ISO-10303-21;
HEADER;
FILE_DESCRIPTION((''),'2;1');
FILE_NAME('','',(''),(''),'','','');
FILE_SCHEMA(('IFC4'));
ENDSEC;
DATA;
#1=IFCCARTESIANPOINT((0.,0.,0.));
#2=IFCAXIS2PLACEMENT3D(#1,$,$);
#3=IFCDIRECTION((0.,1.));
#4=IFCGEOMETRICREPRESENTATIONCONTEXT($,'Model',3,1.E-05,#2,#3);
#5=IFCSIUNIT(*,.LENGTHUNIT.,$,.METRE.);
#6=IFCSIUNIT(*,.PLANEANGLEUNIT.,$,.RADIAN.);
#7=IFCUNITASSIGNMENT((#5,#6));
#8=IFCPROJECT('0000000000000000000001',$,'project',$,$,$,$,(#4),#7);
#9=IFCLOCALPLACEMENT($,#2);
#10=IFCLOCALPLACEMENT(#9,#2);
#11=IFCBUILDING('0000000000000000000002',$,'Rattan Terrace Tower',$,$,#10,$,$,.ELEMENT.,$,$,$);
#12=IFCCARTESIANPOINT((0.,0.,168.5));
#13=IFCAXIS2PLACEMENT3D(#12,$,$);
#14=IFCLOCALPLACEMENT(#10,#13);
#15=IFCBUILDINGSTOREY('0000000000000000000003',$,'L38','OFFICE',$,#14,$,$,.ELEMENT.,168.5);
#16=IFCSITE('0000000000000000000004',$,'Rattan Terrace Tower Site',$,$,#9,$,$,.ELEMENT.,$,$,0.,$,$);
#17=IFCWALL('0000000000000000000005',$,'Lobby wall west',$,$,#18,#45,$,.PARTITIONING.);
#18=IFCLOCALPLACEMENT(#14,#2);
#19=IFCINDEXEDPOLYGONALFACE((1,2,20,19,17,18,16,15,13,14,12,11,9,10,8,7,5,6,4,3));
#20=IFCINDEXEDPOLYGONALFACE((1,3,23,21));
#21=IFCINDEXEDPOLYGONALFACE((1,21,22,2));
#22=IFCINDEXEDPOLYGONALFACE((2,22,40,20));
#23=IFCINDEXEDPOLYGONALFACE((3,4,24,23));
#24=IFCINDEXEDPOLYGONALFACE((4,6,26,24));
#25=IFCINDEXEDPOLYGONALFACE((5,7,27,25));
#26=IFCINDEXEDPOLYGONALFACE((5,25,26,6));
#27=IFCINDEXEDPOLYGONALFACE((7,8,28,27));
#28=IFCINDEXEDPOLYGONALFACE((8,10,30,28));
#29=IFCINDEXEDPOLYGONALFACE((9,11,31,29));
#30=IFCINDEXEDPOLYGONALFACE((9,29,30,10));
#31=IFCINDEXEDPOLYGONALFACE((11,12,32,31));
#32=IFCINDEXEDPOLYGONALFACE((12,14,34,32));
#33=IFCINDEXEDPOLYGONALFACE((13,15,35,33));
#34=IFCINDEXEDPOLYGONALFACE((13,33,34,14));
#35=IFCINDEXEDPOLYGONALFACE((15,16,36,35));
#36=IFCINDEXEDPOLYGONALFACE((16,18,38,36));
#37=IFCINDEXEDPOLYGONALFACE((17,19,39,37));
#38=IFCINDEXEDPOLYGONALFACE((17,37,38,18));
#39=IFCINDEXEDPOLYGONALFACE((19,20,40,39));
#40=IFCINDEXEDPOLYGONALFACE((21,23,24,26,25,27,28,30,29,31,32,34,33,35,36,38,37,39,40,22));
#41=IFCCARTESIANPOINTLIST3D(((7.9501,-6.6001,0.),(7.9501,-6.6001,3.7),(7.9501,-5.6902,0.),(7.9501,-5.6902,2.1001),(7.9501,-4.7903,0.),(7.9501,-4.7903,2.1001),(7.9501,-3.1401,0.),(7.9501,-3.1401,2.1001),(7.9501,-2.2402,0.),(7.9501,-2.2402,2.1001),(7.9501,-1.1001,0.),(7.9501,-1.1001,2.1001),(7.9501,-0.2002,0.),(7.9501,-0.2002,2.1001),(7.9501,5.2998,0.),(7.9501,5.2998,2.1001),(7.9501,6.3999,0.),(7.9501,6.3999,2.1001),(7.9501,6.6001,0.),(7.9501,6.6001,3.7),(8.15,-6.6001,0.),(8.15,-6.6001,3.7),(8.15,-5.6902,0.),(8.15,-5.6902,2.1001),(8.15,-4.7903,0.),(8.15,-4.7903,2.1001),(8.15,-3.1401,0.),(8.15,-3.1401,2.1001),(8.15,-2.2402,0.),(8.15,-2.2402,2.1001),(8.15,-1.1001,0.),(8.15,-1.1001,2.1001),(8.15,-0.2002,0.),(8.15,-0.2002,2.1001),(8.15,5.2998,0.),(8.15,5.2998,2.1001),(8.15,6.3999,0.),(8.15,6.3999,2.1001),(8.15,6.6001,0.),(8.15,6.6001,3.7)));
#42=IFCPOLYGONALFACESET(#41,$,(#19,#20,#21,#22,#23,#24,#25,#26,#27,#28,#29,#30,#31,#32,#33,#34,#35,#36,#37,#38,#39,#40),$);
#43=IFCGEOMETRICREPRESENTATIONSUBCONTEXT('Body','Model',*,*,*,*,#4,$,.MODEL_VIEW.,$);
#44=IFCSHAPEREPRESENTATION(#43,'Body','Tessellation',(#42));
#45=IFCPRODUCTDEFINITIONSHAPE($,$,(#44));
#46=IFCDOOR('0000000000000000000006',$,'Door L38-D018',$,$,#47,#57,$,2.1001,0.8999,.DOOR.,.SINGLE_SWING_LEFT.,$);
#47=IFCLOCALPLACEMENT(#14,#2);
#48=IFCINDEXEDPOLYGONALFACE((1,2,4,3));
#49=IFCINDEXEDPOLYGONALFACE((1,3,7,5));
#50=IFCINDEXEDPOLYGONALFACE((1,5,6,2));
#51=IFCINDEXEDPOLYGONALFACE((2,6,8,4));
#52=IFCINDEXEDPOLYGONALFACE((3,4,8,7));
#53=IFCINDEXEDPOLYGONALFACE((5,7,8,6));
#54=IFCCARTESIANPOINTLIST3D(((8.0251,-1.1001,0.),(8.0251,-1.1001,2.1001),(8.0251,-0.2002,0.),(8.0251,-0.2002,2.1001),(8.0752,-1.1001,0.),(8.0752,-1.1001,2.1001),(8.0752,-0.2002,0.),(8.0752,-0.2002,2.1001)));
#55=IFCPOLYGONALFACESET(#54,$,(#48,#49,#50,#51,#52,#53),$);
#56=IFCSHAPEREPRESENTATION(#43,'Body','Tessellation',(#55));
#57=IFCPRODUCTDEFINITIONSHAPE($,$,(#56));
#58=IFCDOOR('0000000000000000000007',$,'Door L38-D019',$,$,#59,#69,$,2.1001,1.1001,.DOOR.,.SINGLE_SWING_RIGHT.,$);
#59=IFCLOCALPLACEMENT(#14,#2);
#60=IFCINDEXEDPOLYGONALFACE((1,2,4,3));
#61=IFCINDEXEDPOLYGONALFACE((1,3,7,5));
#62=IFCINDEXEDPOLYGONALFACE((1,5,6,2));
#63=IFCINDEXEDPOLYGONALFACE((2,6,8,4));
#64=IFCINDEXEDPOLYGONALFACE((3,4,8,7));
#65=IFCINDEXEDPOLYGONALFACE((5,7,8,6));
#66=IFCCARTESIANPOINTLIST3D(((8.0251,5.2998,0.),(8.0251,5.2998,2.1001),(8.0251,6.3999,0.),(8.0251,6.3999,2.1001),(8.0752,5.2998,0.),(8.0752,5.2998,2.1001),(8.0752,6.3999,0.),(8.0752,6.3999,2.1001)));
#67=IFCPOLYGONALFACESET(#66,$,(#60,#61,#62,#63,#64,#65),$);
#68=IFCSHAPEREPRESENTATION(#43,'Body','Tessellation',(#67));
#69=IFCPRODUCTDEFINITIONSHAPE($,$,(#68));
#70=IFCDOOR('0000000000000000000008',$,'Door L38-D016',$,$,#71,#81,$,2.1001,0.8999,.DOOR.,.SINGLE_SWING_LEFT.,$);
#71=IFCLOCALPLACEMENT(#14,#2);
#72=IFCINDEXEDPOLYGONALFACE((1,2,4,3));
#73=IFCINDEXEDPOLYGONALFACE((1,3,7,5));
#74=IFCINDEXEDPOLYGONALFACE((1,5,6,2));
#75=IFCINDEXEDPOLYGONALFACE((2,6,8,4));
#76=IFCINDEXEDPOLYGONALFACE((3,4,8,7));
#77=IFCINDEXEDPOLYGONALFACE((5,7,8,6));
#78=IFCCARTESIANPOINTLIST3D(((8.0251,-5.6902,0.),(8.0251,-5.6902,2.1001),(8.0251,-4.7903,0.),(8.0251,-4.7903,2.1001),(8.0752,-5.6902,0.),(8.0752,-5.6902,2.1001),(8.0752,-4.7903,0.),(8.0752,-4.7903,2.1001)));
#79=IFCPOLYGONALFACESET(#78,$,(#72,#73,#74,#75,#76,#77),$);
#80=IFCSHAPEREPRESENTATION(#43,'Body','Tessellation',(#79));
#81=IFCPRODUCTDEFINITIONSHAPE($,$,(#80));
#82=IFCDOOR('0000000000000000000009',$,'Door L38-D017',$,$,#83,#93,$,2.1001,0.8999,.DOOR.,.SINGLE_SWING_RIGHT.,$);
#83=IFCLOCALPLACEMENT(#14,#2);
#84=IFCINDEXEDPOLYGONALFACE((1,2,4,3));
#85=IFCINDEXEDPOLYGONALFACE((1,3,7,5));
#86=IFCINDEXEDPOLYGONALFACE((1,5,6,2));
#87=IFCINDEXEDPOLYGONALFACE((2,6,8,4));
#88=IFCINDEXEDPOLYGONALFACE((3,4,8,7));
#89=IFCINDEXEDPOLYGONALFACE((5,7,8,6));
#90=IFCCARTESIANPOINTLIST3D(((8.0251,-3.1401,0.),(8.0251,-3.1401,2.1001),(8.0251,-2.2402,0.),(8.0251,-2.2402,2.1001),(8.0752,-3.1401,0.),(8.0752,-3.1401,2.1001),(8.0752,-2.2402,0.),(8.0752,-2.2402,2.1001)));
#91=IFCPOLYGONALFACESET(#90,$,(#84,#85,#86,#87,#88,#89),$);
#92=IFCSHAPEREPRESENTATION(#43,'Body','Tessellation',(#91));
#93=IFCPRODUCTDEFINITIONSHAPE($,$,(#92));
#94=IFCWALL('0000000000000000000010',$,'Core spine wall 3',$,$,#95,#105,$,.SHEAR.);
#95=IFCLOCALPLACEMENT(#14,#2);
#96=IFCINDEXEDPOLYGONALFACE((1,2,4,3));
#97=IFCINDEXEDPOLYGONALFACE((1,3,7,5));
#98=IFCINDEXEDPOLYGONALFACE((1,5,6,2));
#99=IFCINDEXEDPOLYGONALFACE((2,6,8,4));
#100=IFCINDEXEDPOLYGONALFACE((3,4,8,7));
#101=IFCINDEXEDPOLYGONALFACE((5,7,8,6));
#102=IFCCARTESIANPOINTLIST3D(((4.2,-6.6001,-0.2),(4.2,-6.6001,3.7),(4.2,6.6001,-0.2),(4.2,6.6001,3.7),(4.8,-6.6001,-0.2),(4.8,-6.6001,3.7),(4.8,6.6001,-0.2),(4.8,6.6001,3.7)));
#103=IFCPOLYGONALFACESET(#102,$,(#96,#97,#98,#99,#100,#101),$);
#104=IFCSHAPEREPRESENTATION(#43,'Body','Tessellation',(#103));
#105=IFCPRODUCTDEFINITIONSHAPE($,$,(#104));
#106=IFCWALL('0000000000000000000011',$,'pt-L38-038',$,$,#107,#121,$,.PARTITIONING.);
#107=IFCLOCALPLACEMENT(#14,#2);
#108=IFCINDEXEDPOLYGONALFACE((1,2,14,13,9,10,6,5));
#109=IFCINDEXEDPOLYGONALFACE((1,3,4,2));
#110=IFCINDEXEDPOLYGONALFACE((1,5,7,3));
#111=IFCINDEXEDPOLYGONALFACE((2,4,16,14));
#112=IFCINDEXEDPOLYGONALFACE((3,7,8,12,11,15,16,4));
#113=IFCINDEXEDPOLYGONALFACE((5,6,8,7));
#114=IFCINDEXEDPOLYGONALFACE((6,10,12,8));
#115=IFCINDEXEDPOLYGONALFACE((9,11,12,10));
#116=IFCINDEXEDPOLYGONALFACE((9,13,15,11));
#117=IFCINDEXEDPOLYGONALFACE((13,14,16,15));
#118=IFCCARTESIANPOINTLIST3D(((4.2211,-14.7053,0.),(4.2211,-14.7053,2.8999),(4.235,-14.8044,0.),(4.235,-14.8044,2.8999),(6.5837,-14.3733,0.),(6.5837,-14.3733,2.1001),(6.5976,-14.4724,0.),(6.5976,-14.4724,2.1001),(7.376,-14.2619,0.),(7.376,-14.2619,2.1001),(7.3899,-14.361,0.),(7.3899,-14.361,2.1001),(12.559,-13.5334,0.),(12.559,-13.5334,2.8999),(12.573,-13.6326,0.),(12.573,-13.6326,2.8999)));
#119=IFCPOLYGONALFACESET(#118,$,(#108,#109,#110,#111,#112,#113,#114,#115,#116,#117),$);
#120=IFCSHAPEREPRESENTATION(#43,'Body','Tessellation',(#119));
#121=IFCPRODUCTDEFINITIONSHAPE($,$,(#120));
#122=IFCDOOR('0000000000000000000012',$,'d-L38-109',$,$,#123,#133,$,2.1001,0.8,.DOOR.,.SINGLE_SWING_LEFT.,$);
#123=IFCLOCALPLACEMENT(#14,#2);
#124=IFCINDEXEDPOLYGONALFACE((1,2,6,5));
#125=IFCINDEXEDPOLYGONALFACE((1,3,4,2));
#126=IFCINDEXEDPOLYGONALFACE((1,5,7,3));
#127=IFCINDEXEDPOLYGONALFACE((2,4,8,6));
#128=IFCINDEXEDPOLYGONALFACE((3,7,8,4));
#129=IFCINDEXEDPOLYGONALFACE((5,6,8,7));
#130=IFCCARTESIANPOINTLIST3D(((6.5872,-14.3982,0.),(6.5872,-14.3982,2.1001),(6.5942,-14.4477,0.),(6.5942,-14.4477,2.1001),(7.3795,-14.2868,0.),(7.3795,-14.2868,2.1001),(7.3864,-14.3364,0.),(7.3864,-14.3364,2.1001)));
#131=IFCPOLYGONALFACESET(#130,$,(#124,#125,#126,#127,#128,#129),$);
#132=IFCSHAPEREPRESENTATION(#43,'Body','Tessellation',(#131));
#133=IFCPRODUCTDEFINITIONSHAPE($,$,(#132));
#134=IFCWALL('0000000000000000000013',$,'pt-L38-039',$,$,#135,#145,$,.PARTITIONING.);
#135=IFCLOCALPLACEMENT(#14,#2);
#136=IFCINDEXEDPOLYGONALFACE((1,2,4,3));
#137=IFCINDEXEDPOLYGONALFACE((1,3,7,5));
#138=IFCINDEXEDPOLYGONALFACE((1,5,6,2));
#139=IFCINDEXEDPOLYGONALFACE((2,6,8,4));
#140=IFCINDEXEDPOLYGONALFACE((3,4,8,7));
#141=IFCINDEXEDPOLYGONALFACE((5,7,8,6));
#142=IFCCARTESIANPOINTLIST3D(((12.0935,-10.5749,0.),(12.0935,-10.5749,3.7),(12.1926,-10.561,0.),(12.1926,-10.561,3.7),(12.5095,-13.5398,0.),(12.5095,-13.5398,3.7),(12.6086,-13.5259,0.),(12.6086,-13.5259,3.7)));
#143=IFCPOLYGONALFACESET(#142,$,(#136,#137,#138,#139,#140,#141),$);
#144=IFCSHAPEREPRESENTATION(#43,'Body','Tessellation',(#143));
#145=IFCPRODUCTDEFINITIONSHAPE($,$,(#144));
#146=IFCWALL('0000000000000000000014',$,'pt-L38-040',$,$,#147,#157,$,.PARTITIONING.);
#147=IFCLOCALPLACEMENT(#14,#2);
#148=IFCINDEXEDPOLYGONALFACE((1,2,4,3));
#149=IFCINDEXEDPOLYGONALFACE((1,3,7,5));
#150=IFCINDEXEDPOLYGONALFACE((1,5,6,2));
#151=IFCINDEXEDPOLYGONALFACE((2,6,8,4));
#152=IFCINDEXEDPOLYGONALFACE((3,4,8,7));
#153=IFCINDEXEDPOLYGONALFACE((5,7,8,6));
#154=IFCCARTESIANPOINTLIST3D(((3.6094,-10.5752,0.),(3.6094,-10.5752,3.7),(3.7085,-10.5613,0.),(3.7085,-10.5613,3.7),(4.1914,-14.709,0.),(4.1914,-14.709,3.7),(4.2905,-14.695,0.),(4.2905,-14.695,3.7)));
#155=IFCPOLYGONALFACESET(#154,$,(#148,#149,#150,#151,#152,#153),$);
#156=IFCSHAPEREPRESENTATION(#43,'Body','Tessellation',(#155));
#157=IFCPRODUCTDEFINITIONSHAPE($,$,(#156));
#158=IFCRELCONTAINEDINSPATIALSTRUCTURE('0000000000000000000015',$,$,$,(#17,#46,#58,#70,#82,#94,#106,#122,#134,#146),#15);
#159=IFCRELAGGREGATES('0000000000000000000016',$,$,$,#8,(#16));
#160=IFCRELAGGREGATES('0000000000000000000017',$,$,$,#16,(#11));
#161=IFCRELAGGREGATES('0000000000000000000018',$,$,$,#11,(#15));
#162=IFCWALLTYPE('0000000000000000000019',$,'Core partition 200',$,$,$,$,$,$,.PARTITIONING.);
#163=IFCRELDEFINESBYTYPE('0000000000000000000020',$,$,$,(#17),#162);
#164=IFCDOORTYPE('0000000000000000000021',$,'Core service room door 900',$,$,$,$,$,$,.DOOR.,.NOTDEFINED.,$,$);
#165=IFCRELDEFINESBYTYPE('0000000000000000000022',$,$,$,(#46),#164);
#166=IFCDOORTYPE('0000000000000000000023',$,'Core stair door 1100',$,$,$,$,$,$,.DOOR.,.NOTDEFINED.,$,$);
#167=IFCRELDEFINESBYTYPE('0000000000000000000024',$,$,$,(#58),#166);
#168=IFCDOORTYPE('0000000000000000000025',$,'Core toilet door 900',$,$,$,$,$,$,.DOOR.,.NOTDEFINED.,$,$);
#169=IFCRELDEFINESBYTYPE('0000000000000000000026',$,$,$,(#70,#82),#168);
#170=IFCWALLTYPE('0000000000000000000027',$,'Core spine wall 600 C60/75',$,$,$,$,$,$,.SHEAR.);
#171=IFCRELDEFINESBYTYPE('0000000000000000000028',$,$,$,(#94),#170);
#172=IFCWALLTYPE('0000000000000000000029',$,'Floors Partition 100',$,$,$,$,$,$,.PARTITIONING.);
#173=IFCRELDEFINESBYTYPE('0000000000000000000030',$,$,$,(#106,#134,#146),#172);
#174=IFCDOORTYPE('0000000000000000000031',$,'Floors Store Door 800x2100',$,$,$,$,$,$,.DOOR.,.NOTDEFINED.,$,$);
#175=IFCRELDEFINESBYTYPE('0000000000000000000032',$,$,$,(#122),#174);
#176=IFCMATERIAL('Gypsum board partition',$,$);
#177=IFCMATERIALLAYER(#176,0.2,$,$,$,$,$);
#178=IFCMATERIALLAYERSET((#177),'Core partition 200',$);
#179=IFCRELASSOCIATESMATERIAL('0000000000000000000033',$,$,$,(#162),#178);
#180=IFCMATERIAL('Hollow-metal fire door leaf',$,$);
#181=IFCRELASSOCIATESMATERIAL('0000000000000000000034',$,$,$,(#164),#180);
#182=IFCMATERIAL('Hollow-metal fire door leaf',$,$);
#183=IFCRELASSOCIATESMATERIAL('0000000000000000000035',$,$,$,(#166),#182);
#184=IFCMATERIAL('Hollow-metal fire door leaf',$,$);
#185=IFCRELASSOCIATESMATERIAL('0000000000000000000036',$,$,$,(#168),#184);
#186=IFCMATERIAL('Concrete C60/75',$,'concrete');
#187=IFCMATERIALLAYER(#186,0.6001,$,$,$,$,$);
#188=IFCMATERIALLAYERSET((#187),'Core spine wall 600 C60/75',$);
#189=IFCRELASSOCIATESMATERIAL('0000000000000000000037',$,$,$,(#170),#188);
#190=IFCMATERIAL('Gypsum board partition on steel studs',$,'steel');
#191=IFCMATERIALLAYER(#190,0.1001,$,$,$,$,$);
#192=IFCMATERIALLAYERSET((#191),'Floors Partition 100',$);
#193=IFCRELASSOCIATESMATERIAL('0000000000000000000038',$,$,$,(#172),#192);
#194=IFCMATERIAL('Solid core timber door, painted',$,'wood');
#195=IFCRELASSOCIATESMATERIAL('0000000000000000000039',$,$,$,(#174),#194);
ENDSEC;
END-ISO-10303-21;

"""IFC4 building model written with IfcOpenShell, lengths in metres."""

from ifc_helpers import new_model, si_unit, direction, frame, frame_2d, origin, place, context, subcontext, project, spatial, rectangle, extrude, material, layer, layer_set, type_object, element, fill, save


model = new_model("IFC4")

# Units and contexts
model_context = context("Model", 3, precision=1e-05, world=origin(), true_north=direction((0.0, 1.0)))
body_context = subcontext(model_context, "Body", "Model", "MODEL_VIEW")
ifc_project = project(units=[si_unit("LENGTHUNIT", "METRE"), si_unit("PLANEANGLEUNIT", "RADIAN")], contexts=[model_context])

# Site, building, storey
site_placement = place(None, origin())
site = spatial("IfcSite", under=ifc_project, at=site_placement, Name="Rattan Terrace Tower Site", CompositionType="ELEMENT", RefElevation=0.0)
building_placement = place(site_placement, origin())
building = spatial("IfcBuilding", under=site, at=building_placement, Name="Rattan Terrace Tower", CompositionType="ELEMENT")
storey_placement = place(building_placement, frame((0.0, 0.0, 168.5)))
storey = spatial("IfcBuildingStorey", under=building, at=storey_placement, Name="L38", Description="OFFICE", CompositionType="ELEMENT", Elevation=168.5)

# Wall, openings, doors
ifc_material_1 = material(Name="Gypsum board partition")
ifc_layer_1 = layer(ifc_material_1, 0.2)
ifc_layer_set_1 = layer_set([ifc_layer_1], Name="Core partition 200")
wall_type_1 = type_object("IfcWallType", Name="Core partition 200", PredefinedType="PARTITIONING", material=ifc_layer_set_1)
wall_1_placement = place(storey_placement, frame((8.05, -6.6001, 0.0), z_axis=(0.0, 0.0, 1.0), x_axis=(0.0, 1.0, 0.0)))
wall_1 = element("IfcWall", 1, at=wall_1_placement, inside=storey, type_object=wall_type_1, Name="Lobby wall west", PredefinedType="PARTITIONING", context=body_context, shape_type="SweptSolid", body=[
    extrude(rectangle(XDim=13.2002, YDim=0.2, at=frame_2d((6.6001, 0.0))), origin(), (0.0, 0.0, 1.0), 3.7),
])
opening_1_placement = place(wall_1_placement, frame((0.9099, 0.0, 0.0)))
opening_1 = element("IfcOpeningElement", 2, at=opening_1_placement, cuts=wall_1, PredefinedType="OPENING", context=body_context, shape_type="SweptSolid", body=[
    extrude(rectangle(XDim=0.8999, YDim=2.1001, at=frame_2d((0.45, 1.05))), frame((0.0, 0.1106, 0.0), z_axis=(0.0, -1.0, 0.0), x_axis=(1.0, 0.0, 0.0)), (0.0, 0.0, 1.0), 0.2209),
])
opening_2_placement = place(wall_1_placement, frame((3.46, 0.0, 0.0)))
opening_2 = element("IfcOpeningElement", 3, at=opening_2_placement, cuts=wall_1, PredefinedType="OPENING", context=body_context, shape_type="SweptSolid", body=[
    extrude(rectangle(XDim=0.8999, YDim=2.1001, at=frame_2d((0.45, 1.05))), frame((0.0, 0.1106, 0.0), z_axis=(0.0, -1.0, 0.0), x_axis=(1.0, 0.0, 0.0)), (0.0, 0.0, 1.0), 0.2209),
])
opening_3_placement = place(wall_1_placement, frame((5.5, 0.0, 0.0)))
opening_3 = element("IfcOpeningElement", 4, at=opening_3_placement, cuts=wall_1, PredefinedType="OPENING", context=body_context, shape_type="SweptSolid", body=[
    extrude(rectangle(XDim=0.8999, YDim=2.1001, at=frame_2d((0.45, 1.05))), frame((0.0, 0.1106, 0.0), z_axis=(0.0, -1.0, 0.0), x_axis=(1.0, 0.0, 0.0)), (0.0, 0.0, 1.0), 0.2209),
])
opening_4_placement = place(wall_1_placement, frame((11.8999, 0.0, 0.0)))
opening_4 = element("IfcOpeningElement", 5, at=opening_4_placement, cuts=wall_1, PredefinedType="OPENING", context=body_context, shape_type="SweptSolid", body=[
    extrude(rectangle(XDim=1.1001, YDim=2.1001, at=frame_2d((0.55, 1.05))), frame((0.0, 0.1106, 0.0), z_axis=(0.0, -1.0, 0.0), x_axis=(1.0, 0.0, 0.0)), (0.0, 0.0, 1.0), 0.2209),
])
ifc_material_2 = material(Name="Hollow-metal fire door leaf")
door_type_1 = type_object("IfcDoorType", Name="Core service room door 900", OperationType="NOTDEFINED", PredefinedType="DOOR", material=ifc_material_2)
door_1_placement = place(opening_3_placement, origin())
door_1 = element("IfcDoor", 6, at=door_1_placement, inside=storey, type_object=door_type_1, Name="Door L38-D018", OperationType="SINGLE_SWING_LEFT", OverallHeight=2.1001, OverallWidth=0.8999, PredefinedType="DOOR", context=body_context, shape_type="SweptSolid", body=[
    extrude(rectangle(XDim=0.8999, YDim=2.1001, at=frame_2d((0.45, 1.05))), frame((0.0, 0.0249, 0.0), z_axis=(0.0, -1.0, 0.0), x_axis=(1.0, 0.0, 0.0)), (0.0, 0.0, 1.0), 0.05),
])
fill(opening_3, door_1)
ifc_material_3 = material(Name="Hollow-metal fire door leaf")
door_type_2 = type_object("IfcDoorType", Name="Core stair door 1100", OperationType="NOTDEFINED", PredefinedType="DOOR", material=ifc_material_3)
door_2_placement = place(opening_4_placement, origin())
door_2 = element("IfcDoor", 7, at=door_2_placement, inside=storey, type_object=door_type_2, Name="Door L38-D019", OperationType="SINGLE_SWING_RIGHT", OverallHeight=2.1001, OverallWidth=1.1001, PredefinedType="DOOR", context=body_context, shape_type="SweptSolid", body=[
    extrude(rectangle(XDim=1.1001, YDim=2.1001, at=frame_2d((0.55, 1.05))), frame((0.0, 0.0249, 0.0), z_axis=(0.0, -1.0, 0.0), x_axis=(1.0, 0.0, 0.0)), (0.0, 0.0, 1.0), 0.05),
])
fill(opening_4, door_2)
ifc_material_4 = material(Name="Hollow-metal fire door leaf")
door_type_3 = type_object("IfcDoorType", Name="Core toilet door 900", OperationType="NOTDEFINED", PredefinedType="DOOR", material=ifc_material_4)
door_3_placement = place(opening_1_placement, origin())
door_3 = element("IfcDoor", 8, at=door_3_placement, inside=storey, type_object=door_type_3, Name="Door L38-D016", OperationType="SINGLE_SWING_LEFT", OverallHeight=2.1001, OverallWidth=0.8999, PredefinedType="DOOR", context=body_context, shape_type="SweptSolid", body=[
    extrude(rectangle(XDim=0.8999, YDim=2.1001, at=frame_2d((0.45, 1.05))), frame((0.0, 0.0249, 0.0), z_axis=(0.0, -1.0, 0.0), x_axis=(1.0, 0.0, 0.0)), (0.0, 0.0, 1.0), 0.05),
])
fill(opening_1, door_3)
door_4_placement = place(opening_2_placement, origin())
door_4 = element("IfcDoor", 9, at=door_4_placement, inside=storey, type_object=door_type_3, Name="Door L38-D017", OperationType="SINGLE_SWING_RIGHT", OverallHeight=2.1001, OverallWidth=0.8999, PredefinedType="DOOR", context=body_context, shape_type="SweptSolid", body=[
    extrude(rectangle(XDim=0.8999, YDim=2.1001, at=frame_2d((0.45, 1.05))), frame((0.0, 0.0249, 0.0), z_axis=(0.0, -1.0, 0.0), x_axis=(1.0, 0.0, 0.0)), (0.0, 0.0, 1.0), 0.05),
])
fill(opening_2, door_4)

# Wall
ifc_material_5 = material(Name="Concrete C60/75", Category="concrete")
ifc_layer_2 = layer(ifc_material_5, 0.6001)
ifc_layer_set_2 = layer_set([ifc_layer_2], Name="Core spine wall 600 C60/75")
wall_type_2 = type_object("IfcWallType", Name="Core spine wall 600 C60/75", PredefinedType="SHEAR", material=ifc_layer_set_2)
wall_2_placement = place(storey_placement, frame((4.5, -6.6001, -0.2), z_axis=(0.0, 0.0, 1.0), x_axis=(0.0, 1.0, 0.0)))
element("IfcWall", 10, at=wall_2_placement, inside=storey, type_object=wall_type_2, Name="Core spine wall 3", PredefinedType="SHEAR", context=body_context, shape_type="SweptSolid", body=[
    extrude(rectangle(XDim=13.2002, YDim=0.6001, at=frame_2d((6.6001, 0.0))), origin(), (0.0, 0.0, 1.0), 3.8999),
])

# Wall, opening, door
ifc_material_6 = material(Name="Gypsum board partition on steel studs", Category="steel")
ifc_layer_3 = layer(ifc_material_6, 0.1001)
ifc_layer_set_3 = layer_set([ifc_layer_3], Name="Floors Partition 100")
wall_type_3 = type_object("IfcWallType", Name="Floors Partition 100", PredefinedType="PARTITIONING", material=ifc_layer_set_3)
wall_3_placement = place(storey_placement, frame((4.228, -14.7549, 0.0), z_axis=(0.0, 0.0, 1.0), x_axis=(0.990267, 0.13918, 0.0)))
wall_3 = element("IfcWall", 11, at=wall_3_placement, inside=storey, type_object=wall_type_3, Name="pt-L38-038", PredefinedType="PARTITIONING", context=body_context, shape_type="SweptSolid", body=[
    extrude(rectangle(XDim=8.4199, YDim=0.1001, at=frame_2d((4.21, 0.0))), origin(), (0.0, 0.0, 1.0), 2.8999),
])
opening_5_placement = place(wall_3_placement, frame((2.386, 0.0, 0.0)))
opening_5 = element("IfcOpeningElement", 12, at=opening_5_placement, cuts=wall_3, PredefinedType="OPENING", context=body_context, shape_type="SweptSolid", body=[
    extrude(rectangle(XDim=0.8, YDim=2.1001, at=frame_2d((0.3999, 1.05))), frame((0.0, 0.0605, 0.0), z_axis=(0.0, -1.0, 0.0), x_axis=(1.0, 0.0, 0.0)), (0.0, 0.0, 1.0), 0.1211),
])
ifc_material_7 = material(Name="Solid core timber door, painted", Category="wood")
door_type_4 = type_object("IfcDoorType", Name="Floors Store Door 800x2100", OperationType="NOTDEFINED", PredefinedType="DOOR", material=ifc_material_7)
door_5_placement = place(opening_5_placement, origin())
door_5 = element("IfcDoor", 13, at=door_5_placement, inside=storey, type_object=door_type_4, Name="d-L38-109", OperationType="SINGLE_SWING_LEFT", OverallHeight=2.1001, OverallWidth=0.8, PredefinedType="DOOR", context=body_context, shape_type="SweptSolid", body=[
    extrude(rectangle(XDim=0.8, YDim=2.1001, at=frame_2d((0.3999, 1.05))), frame((0.0, 0.0249, 0.0), z_axis=(0.0, -1.0, 0.0), x_axis=(1.0, 0.0, 0.0)), (0.0, 0.0, 1.0), 0.05),
])
fill(opening_5, door_5)

# Walls
wall_4_placement = place(storey_placement, frame((12.5591, -13.533, 0.0), z_axis=(0.0, 0.0, 1.0), x_axis=(-0.138955, 0.990299, 0.0)))
element("IfcWall", 14, at=wall_4_placement, inside=storey, type_object=wall_type_3, Name="pt-L38-039", PredefinedType="PARTITIONING", context=body_context, shape_type="SweptSolid", body=[
    extrude(rectangle(XDim=2.9939, YDim=0.1001, at=frame_2d((1.4971, 0.0))), origin(), (0.0, 0.0, 1.0), 3.7),
])
wall_5_placement = place(storey_placement, frame((3.6589, -10.5681, 0.0), z_axis=(0.0, 0.0, 1.0), x_axis=(0.139423, -0.990233, 0.0)))
element("IfcWall", 15, at=wall_5_placement, inside=storey, type_object=wall_type_3, Name="pt-L38-040", PredefinedType="PARTITIONING", context=body_context, shape_type="SweptSolid", body=[
    extrude(rectangle(XDim=4.1746, YDim=0.1001, at=frame_2d((2.0874, 0.0))), origin(), (0.0, 0.0, 1.0), 3.7),
])

save(model, "model.ifc")
